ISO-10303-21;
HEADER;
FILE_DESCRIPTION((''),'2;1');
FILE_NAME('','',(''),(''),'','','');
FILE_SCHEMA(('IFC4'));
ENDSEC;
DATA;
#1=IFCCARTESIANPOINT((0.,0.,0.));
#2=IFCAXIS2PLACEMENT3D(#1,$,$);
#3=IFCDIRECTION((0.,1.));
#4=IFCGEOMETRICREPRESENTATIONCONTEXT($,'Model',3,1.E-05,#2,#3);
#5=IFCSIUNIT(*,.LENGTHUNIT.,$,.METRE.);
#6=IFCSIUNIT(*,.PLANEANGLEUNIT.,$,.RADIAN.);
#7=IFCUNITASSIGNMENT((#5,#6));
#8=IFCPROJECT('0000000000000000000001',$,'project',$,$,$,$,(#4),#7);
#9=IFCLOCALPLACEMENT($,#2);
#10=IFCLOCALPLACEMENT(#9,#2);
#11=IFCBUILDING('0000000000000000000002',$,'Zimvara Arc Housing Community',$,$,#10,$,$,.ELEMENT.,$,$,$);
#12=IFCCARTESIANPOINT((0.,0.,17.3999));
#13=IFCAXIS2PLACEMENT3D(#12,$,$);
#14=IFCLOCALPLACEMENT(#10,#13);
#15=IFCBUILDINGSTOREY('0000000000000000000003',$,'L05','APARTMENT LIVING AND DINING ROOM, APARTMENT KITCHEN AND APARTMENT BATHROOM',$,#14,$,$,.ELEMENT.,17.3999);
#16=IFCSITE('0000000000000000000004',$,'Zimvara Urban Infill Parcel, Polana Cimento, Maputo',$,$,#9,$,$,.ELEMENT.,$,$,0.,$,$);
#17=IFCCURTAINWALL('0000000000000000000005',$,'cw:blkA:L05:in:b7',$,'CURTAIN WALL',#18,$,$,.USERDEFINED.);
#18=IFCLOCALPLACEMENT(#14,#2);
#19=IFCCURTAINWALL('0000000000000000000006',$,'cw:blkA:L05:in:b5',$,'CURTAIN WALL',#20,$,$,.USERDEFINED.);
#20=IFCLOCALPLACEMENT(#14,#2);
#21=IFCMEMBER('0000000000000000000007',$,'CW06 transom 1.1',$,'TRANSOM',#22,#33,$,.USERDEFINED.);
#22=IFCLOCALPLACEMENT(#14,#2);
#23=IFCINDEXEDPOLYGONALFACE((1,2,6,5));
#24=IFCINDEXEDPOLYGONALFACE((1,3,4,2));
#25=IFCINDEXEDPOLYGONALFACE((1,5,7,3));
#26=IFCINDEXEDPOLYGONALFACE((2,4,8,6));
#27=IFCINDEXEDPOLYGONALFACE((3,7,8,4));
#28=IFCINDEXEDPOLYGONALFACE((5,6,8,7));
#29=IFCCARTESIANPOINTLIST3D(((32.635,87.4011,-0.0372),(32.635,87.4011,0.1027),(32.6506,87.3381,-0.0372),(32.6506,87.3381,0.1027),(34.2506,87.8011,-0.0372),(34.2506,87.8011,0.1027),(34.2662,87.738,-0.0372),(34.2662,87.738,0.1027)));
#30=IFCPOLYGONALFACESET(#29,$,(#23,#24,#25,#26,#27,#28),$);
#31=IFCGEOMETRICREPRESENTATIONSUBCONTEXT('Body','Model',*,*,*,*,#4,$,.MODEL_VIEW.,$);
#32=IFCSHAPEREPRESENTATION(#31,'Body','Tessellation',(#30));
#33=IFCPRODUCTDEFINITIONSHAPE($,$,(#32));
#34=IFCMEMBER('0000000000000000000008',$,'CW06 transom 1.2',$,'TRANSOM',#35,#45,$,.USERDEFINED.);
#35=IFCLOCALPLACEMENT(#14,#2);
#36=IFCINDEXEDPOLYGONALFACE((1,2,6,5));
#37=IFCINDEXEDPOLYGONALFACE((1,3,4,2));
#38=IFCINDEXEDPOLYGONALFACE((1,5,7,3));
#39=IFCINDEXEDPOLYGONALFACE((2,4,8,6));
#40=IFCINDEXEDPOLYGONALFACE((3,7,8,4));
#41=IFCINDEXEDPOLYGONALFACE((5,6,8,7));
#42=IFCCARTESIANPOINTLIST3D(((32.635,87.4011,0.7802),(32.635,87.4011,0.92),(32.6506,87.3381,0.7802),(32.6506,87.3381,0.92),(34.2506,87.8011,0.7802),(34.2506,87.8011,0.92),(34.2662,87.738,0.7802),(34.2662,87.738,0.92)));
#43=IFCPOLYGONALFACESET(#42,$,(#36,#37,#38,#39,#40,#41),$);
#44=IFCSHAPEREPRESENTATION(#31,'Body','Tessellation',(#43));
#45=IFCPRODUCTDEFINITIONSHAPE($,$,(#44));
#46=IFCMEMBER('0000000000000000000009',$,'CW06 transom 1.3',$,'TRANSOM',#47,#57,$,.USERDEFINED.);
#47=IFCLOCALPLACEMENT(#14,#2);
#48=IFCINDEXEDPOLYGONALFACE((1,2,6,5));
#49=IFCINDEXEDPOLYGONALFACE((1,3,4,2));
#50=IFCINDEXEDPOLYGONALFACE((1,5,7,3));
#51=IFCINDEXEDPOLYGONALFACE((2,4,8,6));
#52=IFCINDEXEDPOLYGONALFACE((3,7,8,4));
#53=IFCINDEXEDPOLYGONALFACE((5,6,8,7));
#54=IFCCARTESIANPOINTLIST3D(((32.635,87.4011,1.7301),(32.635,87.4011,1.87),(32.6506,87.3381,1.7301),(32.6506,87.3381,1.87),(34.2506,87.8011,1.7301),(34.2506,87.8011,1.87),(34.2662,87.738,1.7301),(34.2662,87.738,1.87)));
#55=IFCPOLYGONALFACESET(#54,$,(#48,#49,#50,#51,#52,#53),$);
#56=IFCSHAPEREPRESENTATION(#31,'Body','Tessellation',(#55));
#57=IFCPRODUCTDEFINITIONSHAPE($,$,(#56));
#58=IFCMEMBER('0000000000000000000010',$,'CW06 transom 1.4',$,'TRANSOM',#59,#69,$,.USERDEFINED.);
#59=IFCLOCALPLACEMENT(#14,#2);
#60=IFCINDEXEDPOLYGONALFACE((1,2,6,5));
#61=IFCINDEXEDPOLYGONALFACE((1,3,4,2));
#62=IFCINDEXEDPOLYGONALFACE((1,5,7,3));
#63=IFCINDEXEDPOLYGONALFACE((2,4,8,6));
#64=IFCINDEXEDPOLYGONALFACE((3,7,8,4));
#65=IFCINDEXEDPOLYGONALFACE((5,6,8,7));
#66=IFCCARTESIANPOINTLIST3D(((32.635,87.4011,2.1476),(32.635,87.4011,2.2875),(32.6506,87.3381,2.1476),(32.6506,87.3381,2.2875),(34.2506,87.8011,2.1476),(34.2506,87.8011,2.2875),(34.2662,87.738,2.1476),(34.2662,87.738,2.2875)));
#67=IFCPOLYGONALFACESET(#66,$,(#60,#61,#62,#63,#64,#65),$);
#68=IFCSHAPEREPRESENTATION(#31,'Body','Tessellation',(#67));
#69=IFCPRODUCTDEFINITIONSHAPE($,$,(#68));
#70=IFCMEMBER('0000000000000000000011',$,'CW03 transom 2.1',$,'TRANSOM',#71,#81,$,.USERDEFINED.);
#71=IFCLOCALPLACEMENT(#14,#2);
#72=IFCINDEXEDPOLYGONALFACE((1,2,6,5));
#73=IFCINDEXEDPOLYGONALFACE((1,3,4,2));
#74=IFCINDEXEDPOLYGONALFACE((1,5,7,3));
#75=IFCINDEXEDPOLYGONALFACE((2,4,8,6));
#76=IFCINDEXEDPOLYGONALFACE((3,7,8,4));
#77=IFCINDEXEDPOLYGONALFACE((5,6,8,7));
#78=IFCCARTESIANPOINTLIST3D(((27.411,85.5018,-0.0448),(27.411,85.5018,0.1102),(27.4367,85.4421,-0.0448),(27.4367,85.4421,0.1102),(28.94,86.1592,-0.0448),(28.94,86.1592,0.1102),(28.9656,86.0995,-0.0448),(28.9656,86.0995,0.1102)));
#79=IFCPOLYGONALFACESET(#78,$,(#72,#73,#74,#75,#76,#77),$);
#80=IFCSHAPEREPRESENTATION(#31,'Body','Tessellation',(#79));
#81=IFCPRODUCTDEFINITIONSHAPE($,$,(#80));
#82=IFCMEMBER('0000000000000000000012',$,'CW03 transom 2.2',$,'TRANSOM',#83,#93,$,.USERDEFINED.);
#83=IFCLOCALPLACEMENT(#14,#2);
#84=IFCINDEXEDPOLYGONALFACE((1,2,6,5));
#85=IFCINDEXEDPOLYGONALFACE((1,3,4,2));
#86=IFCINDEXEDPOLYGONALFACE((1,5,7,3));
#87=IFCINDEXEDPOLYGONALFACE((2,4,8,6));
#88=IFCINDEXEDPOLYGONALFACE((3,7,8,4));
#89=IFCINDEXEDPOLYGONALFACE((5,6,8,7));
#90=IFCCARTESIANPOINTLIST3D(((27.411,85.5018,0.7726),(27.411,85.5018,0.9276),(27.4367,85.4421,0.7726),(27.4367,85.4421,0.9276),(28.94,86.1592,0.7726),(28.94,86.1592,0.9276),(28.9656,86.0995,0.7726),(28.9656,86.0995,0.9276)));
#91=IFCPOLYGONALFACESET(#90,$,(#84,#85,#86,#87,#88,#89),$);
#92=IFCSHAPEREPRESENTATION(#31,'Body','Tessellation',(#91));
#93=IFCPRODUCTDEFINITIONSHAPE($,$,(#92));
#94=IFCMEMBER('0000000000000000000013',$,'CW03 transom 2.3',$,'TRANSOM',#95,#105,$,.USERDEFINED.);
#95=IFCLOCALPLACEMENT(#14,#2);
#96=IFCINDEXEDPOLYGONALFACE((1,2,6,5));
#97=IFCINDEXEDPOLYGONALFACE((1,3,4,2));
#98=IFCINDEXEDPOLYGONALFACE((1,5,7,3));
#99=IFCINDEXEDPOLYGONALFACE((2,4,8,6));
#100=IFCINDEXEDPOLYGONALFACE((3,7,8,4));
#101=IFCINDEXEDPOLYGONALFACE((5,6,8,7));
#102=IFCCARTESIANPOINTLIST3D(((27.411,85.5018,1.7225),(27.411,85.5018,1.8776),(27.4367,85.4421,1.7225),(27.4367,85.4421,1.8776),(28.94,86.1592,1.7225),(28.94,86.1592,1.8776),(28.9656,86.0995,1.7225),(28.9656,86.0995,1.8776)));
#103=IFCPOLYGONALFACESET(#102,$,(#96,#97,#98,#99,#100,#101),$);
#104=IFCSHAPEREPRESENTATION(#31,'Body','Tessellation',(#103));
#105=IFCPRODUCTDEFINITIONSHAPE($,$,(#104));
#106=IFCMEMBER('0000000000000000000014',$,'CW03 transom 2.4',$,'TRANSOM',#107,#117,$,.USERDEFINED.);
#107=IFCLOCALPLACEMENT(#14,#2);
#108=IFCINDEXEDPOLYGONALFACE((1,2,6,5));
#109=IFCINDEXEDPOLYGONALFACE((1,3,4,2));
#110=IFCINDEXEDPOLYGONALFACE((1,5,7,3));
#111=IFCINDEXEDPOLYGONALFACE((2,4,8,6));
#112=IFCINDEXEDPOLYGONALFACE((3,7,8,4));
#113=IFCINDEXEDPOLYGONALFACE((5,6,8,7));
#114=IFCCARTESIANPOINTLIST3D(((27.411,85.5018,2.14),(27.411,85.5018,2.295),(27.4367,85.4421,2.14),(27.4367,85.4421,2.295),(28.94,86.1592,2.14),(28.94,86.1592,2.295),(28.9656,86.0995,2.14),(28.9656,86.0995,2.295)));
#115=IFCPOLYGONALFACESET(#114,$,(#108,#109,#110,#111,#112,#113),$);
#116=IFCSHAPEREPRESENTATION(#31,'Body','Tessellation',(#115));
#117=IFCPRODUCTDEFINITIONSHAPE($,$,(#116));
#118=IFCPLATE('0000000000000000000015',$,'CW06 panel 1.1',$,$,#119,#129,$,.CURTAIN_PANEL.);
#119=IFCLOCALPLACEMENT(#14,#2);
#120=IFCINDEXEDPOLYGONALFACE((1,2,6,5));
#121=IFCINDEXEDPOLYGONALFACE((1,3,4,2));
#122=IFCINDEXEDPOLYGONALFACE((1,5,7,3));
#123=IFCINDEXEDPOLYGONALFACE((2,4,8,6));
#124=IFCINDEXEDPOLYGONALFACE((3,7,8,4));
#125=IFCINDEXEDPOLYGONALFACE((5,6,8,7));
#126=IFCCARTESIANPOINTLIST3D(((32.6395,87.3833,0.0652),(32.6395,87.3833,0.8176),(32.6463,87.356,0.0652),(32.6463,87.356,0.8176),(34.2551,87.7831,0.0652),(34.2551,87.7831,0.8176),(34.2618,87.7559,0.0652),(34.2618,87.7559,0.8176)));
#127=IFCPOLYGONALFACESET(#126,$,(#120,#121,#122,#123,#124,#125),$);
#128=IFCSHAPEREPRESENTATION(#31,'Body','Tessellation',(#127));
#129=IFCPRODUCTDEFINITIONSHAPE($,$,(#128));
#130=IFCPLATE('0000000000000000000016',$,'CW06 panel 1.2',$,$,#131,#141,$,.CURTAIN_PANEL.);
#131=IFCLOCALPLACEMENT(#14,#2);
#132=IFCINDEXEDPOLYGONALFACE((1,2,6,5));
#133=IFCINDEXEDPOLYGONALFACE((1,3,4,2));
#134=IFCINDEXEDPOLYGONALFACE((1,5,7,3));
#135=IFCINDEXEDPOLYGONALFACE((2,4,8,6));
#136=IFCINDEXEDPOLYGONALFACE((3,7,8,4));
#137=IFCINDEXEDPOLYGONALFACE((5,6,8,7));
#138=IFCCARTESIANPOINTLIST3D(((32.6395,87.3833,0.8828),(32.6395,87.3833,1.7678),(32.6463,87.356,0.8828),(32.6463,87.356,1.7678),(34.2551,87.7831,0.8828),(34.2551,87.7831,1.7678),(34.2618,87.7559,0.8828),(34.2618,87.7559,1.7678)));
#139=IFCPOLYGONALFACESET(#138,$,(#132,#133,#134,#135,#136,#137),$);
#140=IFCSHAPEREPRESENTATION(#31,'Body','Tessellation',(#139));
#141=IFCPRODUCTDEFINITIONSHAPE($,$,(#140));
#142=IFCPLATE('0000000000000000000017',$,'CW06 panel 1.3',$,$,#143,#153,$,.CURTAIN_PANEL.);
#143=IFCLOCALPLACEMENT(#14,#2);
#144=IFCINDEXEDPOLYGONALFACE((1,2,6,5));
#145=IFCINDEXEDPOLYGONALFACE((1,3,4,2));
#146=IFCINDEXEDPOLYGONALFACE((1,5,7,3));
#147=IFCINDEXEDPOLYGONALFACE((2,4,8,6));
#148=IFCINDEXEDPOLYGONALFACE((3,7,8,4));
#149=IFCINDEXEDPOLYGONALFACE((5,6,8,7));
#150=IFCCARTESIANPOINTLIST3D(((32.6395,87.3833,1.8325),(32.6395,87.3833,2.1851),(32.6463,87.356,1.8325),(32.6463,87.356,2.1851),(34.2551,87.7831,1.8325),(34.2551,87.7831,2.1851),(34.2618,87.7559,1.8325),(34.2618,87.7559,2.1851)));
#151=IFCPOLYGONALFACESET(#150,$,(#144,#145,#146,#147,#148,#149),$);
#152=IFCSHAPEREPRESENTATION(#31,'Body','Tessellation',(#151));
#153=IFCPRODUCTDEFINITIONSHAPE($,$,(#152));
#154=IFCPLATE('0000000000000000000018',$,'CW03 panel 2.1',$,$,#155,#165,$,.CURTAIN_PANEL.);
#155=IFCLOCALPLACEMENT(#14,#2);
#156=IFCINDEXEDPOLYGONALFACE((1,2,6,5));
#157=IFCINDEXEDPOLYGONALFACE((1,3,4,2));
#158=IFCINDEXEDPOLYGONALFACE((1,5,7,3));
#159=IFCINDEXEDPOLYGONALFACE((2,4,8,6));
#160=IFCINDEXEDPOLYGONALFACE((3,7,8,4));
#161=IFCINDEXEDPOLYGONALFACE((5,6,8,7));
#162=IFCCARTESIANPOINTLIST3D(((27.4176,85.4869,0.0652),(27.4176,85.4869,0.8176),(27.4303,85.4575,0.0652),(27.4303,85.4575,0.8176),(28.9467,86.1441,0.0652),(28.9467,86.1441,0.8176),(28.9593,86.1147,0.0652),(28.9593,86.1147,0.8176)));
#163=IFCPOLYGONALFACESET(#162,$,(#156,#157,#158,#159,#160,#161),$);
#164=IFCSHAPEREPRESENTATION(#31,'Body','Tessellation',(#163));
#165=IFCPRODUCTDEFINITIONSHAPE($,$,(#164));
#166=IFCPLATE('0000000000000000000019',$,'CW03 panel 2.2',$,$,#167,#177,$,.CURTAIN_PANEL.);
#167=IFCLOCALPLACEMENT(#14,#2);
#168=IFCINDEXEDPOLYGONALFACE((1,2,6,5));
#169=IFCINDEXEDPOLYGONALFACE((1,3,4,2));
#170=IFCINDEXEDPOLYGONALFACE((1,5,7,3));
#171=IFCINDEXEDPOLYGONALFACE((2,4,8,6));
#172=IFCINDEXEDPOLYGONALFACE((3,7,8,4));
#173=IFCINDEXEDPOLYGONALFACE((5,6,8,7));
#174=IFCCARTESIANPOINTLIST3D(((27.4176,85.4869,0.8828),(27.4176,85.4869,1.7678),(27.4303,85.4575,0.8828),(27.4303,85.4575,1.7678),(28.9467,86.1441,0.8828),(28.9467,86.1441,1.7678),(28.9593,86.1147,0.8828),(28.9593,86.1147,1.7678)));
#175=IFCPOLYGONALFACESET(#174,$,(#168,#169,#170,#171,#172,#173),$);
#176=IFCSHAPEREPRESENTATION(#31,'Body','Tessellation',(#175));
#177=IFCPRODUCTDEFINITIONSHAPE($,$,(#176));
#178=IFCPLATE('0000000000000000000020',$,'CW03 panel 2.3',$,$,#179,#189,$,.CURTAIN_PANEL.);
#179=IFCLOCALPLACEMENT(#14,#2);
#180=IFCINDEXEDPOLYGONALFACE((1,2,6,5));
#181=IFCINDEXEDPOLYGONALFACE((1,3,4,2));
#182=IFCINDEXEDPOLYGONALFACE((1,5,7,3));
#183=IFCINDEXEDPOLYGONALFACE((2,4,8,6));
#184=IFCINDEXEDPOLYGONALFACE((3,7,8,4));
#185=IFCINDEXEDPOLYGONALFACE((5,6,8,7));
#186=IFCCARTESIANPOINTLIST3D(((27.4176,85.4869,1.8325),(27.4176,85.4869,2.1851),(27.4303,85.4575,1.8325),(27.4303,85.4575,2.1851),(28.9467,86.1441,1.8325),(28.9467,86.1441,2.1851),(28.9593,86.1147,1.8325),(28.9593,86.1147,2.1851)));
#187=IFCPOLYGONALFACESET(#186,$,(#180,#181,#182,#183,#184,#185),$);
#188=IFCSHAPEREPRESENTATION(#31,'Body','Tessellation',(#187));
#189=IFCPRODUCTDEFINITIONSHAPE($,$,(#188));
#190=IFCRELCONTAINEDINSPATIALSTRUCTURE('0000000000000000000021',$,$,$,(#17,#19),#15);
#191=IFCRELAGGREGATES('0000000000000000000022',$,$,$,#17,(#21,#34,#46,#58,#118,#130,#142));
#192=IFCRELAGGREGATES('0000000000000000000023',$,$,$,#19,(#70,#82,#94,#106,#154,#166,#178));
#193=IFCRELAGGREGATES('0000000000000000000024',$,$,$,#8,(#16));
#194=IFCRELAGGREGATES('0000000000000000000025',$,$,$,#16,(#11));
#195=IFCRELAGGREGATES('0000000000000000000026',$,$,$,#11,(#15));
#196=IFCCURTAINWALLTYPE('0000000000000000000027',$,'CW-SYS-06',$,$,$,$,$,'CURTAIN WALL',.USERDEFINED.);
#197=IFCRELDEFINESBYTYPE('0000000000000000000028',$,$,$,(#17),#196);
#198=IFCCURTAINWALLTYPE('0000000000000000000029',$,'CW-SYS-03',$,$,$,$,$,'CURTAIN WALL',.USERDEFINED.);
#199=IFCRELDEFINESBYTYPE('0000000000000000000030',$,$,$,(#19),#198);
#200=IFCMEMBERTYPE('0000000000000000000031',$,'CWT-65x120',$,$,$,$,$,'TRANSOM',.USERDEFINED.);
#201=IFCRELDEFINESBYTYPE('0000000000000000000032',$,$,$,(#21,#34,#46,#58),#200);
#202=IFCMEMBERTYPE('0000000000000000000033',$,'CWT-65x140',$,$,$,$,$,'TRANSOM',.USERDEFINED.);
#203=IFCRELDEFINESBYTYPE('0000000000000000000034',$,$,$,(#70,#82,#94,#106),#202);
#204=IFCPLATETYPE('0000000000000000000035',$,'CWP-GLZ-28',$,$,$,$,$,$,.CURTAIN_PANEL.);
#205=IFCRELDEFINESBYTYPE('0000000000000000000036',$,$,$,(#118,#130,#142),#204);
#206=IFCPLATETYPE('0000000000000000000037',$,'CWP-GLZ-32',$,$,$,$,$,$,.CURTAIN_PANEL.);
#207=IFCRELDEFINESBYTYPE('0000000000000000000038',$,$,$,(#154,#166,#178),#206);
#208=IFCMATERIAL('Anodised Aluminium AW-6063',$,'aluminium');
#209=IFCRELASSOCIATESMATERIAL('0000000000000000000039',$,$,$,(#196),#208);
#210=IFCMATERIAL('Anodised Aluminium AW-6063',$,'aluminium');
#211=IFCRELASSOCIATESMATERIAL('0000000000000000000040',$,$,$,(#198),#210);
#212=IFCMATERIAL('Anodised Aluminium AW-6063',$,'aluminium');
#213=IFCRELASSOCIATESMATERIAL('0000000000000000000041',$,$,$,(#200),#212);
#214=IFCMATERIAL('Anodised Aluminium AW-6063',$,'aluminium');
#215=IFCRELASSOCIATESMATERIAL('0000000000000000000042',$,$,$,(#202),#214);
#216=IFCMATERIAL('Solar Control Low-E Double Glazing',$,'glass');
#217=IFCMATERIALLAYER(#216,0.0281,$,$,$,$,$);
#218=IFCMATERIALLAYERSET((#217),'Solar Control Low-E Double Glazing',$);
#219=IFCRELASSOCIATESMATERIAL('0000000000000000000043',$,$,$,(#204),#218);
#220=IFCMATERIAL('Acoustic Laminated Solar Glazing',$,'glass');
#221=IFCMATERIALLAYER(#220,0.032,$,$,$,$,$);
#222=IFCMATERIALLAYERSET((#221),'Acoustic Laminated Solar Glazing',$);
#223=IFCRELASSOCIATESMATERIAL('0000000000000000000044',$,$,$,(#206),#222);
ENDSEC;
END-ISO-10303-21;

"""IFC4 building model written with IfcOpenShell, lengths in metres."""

from ifc_helpers import new_model, si_unit, direction, frame, origin, origin_2d, place, context, subcontext, project, spatial, rectangle, extrude, material, layer, layer_set, material_profile, profile_set, type_object, element, aggregate, save


model = new_model("IFC4")

# Units and contexts
model_context = context("Model", 3, precision=1e-05, world=origin(), true_north=direction((0.0, 1.0)))
body_context = subcontext(model_context, "Body", "Model", "MODEL_VIEW")
ifc_project = project(units=[si_unit("LENGTHUNIT", "METRE"), si_unit("PLANEANGLEUNIT", "RADIAN")], contexts=[model_context])

# Site, building, storey
site_placement = place(None, origin())
site = spatial("IfcSite", under=ifc_project, at=site_placement, Name="Zimvara Urban Infill Parcel, Polana Cimento, Maputo", CompositionType="ELEMENT", RefElevation=0.0)
building_placement = place(site_placement, origin())
building = spatial("IfcBuilding", under=site, at=building_placement, Name="Zimvara Arc Housing Community", CompositionType="ELEMENT")
storey_placement = place(building_placement, frame((0.0, 0.0, 17.3999)))
storey = spatial("IfcBuildingStorey", under=building, at=storey_placement, Name="L05", Description="APARTMENT LIVING AND DINING ROOM, APARTMENT KITCHEN AND APARTMENT BATHROOM", CompositionType="ELEMENT", Elevation=17.3999)

# Curtain walls
ifc_material_1 = material(Name="Anodised Aluminium AW-6063", Category="aluminium")
curtain_wall_type_1 = type_object("IfcCurtainWallType", Name="CW-SYS-06", ElementType="CURTAIN WALL", PredefinedType="USERDEFINED", material=ifc_material_1)
curtain_wall_1_placement = place(storey_placement, origin())
curtain_wall_1 = element("IfcCurtainWall", 1, at=curtain_wall_1_placement, inside=storey, type_object=curtain_wall_type_1, Name="cw:blkA:L05:in:b7", ObjectType="CURTAIN WALL", PredefinedType="USERDEFINED")
ifc_material_2 = material(Name="Anodised Aluminium AW-6063", Category="aluminium")
curtain_wall_type_2 = type_object("IfcCurtainWallType", Name="CW-SYS-03", ElementType="CURTAIN WALL", PredefinedType="USERDEFINED", material=ifc_material_2)
curtain_wall_2_placement = place(storey_placement, origin())
curtain_wall_2 = element("IfcCurtainWall", 2, at=curtain_wall_2_placement, inside=storey, type_object=curtain_wall_type_2, Name="cw:blkA:L05:in:b5", ObjectType="CURTAIN WALL", PredefinedType="USERDEFINED")

# Members
ifc_material_3 = material(Name="Anodised Aluminium AW-6063", Category="aluminium")
ifc_material_profile_1 = material_profile(ifc_material_3, rectangle(XDim=0.0649, YDim=0.1399, at=origin_2d()), Name="ALU 65x140")
ifc_profile_set_1 = profile_set([ifc_material_profile_1], Name="Anodised Aluminium AW-6063")
member_type_1 = type_object("IfcMemberType", Name="CWT-65x120", ElementType="TRANSOM", PredefinedType="USERDEFINED", material=ifc_profile_set_1)
member_1_placement = place(storey_placement, frame((32.6428, 87.3696, 0.0327), z_axis=(0.970701, 0.240291, 0.0), x_axis=(-0.240291, 0.970701, 0.0)))
member_1 = element("IfcMember", 3, at=member_1_placement, type_object=member_type_1, Name="CW06 transom 1.1", ObjectType="TRANSOM", PredefinedType="USERDEFINED", context=body_context, shape_type="SweptSolid", body=[
    extrude(rectangle(XDim=0.0649, YDim=0.1399, at=origin_2d()), origin(), (0.0, 0.0, 1.0), 1.6643),
])
member_2_placement = place(storey_placement, frame((32.6428, 87.3696, 0.8501), z_axis=(0.970701, 0.240291, 0.0), x_axis=(-0.240291, 0.970701, 0.0)))
member_2 = element("IfcMember", 4, at=member_2_placement, type_object=member_type_1, Name="CW06 transom 1.2", ObjectType="TRANSOM", PredefinedType="USERDEFINED", context=body_context, shape_type="SweptSolid", body=[
    extrude(rectangle(XDim=0.0649, YDim=0.1399, at=origin_2d()), origin(), (0.0, 0.0, 1.0), 1.6643),
])
member_3_placement = place(storey_placement, frame((32.6428, 87.3696, 1.8), z_axis=(0.970701, 0.240291, 0.0), x_axis=(-0.240291, 0.970701, 0.0)))
member_3 = element("IfcMember", 5, at=member_3_placement, type_object=member_type_1, Name="CW06 transom 1.3", ObjectType="TRANSOM", PredefinedType="USERDEFINED", context=body_context, shape_type="SweptSolid", body=[
    extrude(rectangle(XDim=0.0649, YDim=0.1399, at=origin_2d()), origin(), (0.0, 0.0, 1.0), 1.6643),
])
member_4_placement = place(storey_placement, frame((32.6428, 87.3696, 2.2175), z_axis=(0.970701, 0.240291, 0.0), x_axis=(-0.240291, 0.970701, 0.0)))
member_4 = element("IfcMember", 6, at=member_4_placement, type_object=member_type_1, Name="CW06 transom 1.4", ObjectType="TRANSOM", PredefinedType="USERDEFINED", context=body_context, shape_type="SweptSolid", body=[
    extrude(rectangle(XDim=0.0649, YDim=0.1399, at=origin_2d()), origin(), (0.0, 0.0, 1.0), 1.6643),
])
ifc_material_4 = material(Name="Anodised Aluminium AW-6063", Category="aluminium")
ifc_material_profile_2 = material_profile(ifc_material_4, rectangle(XDim=0.0649, YDim=0.155, at=origin_2d()), Name="ALU 65x155")
ifc_profile_set_2 = profile_set([ifc_material_profile_2], Name="Anodised Aluminium AW-6063")
member_type_2 = type_object("IfcMemberType", Name="CWT-65x140", ElementType="TRANSOM", PredefinedType="USERDEFINED", material=ifc_profile_set_2)
member_5_placement = place(storey_placement, frame((27.4238, 85.4719, 0.0327), z_axis=(0.918674, 0.395017, 0.0), x_axis=(-0.395017, 0.918674, 0.0)))
member_5 = element("IfcMember", 7, at=member_5_placement, type_object=member_type_2, Name="CW03 transom 2.1", ObjectType="TRANSOM", PredefinedType="USERDEFINED", context=body_context, shape_type="SweptSolid", body=[
    extrude(rectangle(XDim=0.0649, YDim=0.155, at=origin_2d()), origin(), (0.0, 0.0, 1.0), 1.6643),
])
member_6_placement = place(storey_placement, frame((27.4238, 85.4719, 0.8501), z_axis=(0.918674, 0.395017, 0.0), x_axis=(-0.395017, 0.918674, 0.0)))
member_6 = element("IfcMember", 8, at=member_6_placement, type_object=member_type_2, Name="CW03 transom 2.2", ObjectType="TRANSOM", PredefinedType="USERDEFINED", context=body_context, shape_type="SweptSolid", body=[
    extrude(rectangle(XDim=0.0649, YDim=0.155, at=origin_2d()), origin(), (0.0, 0.0, 1.0), 1.6643),
])
member_7_placement = place(storey_placement, frame((27.4238, 85.4719, 1.8), z_axis=(0.918674, 0.395017, 0.0), x_axis=(-0.395017, 0.918674, 0.0)))
member_7 = element("IfcMember", 9, at=member_7_placement, type_object=member_type_2, Name="CW03 transom 2.3", ObjectType="TRANSOM", PredefinedType="USERDEFINED", context=body_context, shape_type="SweptSolid", body=[
    extrude(rectangle(XDim=0.0649, YDim=0.155, at=origin_2d()), origin(), (0.0, 0.0, 1.0), 1.6643),
])
member_8_placement = place(storey_placement, frame((27.4238, 85.4719, 2.2175), z_axis=(0.918674, 0.395017, 0.0), x_axis=(-0.395017, 0.918674, 0.0)))
member_8 = element("IfcMember", 10, at=member_8_placement, type_object=member_type_2, Name="CW03 transom 2.4", ObjectType="TRANSOM", PredefinedType="USERDEFINED", context=body_context, shape_type="SweptSolid", body=[
    extrude(rectangle(XDim=0.0649, YDim=0.155, at=origin_2d()), origin(), (0.0, 0.0, 1.0), 1.6643),
])

# Plates
ifc_material_5 = material(Name="Solar Control Low-E Double Glazing", Category="glass")
ifc_layer_1 = layer(ifc_material_5, 0.0281)
ifc_layer_set_1 = layer_set([ifc_layer_1], Name="Solar Control Low-E Double Glazing")
plate_type_1 = type_object("IfcPlateType", Name="CWP-GLZ-28", PredefinedType="CURTAIN_PANEL", material=ifc_layer_set_1)
plate_1_placement = place(storey_placement, frame((33.4507, 87.5696, 0.0652), z_axis=(0.0, 0.0, 1.0), x_axis=(0.970717, 0.240228, 0.0)))
plate_1 = element("IfcPlate", 11, at=plate_1_placement, type_object=plate_type_1, Name="CW06 panel 1.1", PredefinedType="CURTAIN_PANEL", context=body_context, shape_type="SweptSolid", body=[
    extrude(rectangle(XDim=1.6643, YDim=0.0281, at=origin_2d()), origin(), (0.0, 0.0, 1.0), 0.7524),
])
plate_2_placement = place(storey_placement, frame((33.4507, 87.5696, 0.8828), z_axis=(0.0, 0.0, 1.0), x_axis=(0.970717, 0.240228, 0.0)))
plate_2 = element("IfcPlate", 12, at=plate_2_placement, type_object=plate_type_1, Name="CW06 panel 1.2", PredefinedType="CURTAIN_PANEL", context=body_context, shape_type="SweptSolid", body=[
    extrude(rectangle(XDim=1.6643, YDim=0.0281, at=origin_2d()), origin(), (0.0, 0.0, 1.0), 0.885),
])
plate_3_placement = place(storey_placement, frame((33.4507, 87.5696, 1.8325), z_axis=(0.0, 0.0, 1.0), x_axis=(0.970717, 0.240228, 0.0)))
plate_3 = element("IfcPlate", 13, at=plate_3_placement, type_object=plate_type_1, Name="CW06 panel 1.3", PredefinedType="CURTAIN_PANEL", context=body_context, shape_type="SweptSolid", body=[
    extrude(rectangle(XDim=1.6643, YDim=0.0281, at=origin_2d()), origin(), (0.0, 0.0, 1.0), 0.3525),
])
aggregate(curtain_wall_1, [member_1, member_2, member_3, member_4, plate_1, plate_2, plate_3])
ifc_material_6 = material(Name="Acoustic Laminated Solar Glazing", Category="glass")
ifc_layer_2 = layer(ifc_material_6, 0.032)
ifc_layer_set_2 = layer_set([ifc_layer_2], Name="Acoustic Laminated Solar Glazing")
plate_type_2 = type_object("IfcPlateType", Name="CWP-GLZ-32", PredefinedType="CURTAIN_PANEL", material=ifc_layer_set_2)
plate_4_placement = place(storey_placement, frame((28.1885, 85.8008, 0.0652), z_axis=(0.0, 0.0, 1.0), x_axis=(0.918722, 0.394904, 0.0)))
plate_4 = element("IfcPlate", 14, at=plate_4_placement, type_object=plate_type_2, Name="CW03 panel 2.1", PredefinedType="CURTAIN_PANEL", context=body_context, shape_type="SweptSolid", body=[
    extrude(rectangle(XDim=1.6643, YDim=0.032, at=origin_2d()), origin(), (0.0, 0.0, 1.0), 0.7524),
])
plate_5_placement = place(storey_placement, frame((28.1885, 85.8008, 0.8828), z_axis=(0.0, 0.0, 1.0), x_axis=(0.918722, 0.394904, 0.0)))
plate_5 = element("IfcPlate", 15, at=plate_5_placement, type_object=plate_type_2, Name="CW03 panel 2.2", PredefinedType="CURTAIN_PANEL", context=body_context, shape_type="SweptSolid", body=[
    extrude(rectangle(XDim=1.6643, YDim=0.032, at=origin_2d()), origin(), (0.0, 0.0, 1.0), 0.885),
])
plate_6_placement = place(storey_placement, frame((28.1885, 85.8008, 1.8325), z_axis=(0.0, 0.0, 1.0), x_axis=(0.918722, 0.394904, 0.0)))
plate_6 = element("IfcPlate", 16, at=plate_6_placement, type_object=plate_type_2, Name="CW03 panel 2.3", PredefinedType="CURTAIN_PANEL", context=body_context, shape_type="SweptSolid", body=[
    extrude(rectangle(XDim=1.6643, YDim=0.032, at=origin_2d()), origin(), (0.0, 0.0, 1.0), 0.3525),
])
aggregate(curtain_wall_2, [member_5, member_6, member_7, member_8, plate_4, plate_5, plate_6])

save(model, "model.ifc")
